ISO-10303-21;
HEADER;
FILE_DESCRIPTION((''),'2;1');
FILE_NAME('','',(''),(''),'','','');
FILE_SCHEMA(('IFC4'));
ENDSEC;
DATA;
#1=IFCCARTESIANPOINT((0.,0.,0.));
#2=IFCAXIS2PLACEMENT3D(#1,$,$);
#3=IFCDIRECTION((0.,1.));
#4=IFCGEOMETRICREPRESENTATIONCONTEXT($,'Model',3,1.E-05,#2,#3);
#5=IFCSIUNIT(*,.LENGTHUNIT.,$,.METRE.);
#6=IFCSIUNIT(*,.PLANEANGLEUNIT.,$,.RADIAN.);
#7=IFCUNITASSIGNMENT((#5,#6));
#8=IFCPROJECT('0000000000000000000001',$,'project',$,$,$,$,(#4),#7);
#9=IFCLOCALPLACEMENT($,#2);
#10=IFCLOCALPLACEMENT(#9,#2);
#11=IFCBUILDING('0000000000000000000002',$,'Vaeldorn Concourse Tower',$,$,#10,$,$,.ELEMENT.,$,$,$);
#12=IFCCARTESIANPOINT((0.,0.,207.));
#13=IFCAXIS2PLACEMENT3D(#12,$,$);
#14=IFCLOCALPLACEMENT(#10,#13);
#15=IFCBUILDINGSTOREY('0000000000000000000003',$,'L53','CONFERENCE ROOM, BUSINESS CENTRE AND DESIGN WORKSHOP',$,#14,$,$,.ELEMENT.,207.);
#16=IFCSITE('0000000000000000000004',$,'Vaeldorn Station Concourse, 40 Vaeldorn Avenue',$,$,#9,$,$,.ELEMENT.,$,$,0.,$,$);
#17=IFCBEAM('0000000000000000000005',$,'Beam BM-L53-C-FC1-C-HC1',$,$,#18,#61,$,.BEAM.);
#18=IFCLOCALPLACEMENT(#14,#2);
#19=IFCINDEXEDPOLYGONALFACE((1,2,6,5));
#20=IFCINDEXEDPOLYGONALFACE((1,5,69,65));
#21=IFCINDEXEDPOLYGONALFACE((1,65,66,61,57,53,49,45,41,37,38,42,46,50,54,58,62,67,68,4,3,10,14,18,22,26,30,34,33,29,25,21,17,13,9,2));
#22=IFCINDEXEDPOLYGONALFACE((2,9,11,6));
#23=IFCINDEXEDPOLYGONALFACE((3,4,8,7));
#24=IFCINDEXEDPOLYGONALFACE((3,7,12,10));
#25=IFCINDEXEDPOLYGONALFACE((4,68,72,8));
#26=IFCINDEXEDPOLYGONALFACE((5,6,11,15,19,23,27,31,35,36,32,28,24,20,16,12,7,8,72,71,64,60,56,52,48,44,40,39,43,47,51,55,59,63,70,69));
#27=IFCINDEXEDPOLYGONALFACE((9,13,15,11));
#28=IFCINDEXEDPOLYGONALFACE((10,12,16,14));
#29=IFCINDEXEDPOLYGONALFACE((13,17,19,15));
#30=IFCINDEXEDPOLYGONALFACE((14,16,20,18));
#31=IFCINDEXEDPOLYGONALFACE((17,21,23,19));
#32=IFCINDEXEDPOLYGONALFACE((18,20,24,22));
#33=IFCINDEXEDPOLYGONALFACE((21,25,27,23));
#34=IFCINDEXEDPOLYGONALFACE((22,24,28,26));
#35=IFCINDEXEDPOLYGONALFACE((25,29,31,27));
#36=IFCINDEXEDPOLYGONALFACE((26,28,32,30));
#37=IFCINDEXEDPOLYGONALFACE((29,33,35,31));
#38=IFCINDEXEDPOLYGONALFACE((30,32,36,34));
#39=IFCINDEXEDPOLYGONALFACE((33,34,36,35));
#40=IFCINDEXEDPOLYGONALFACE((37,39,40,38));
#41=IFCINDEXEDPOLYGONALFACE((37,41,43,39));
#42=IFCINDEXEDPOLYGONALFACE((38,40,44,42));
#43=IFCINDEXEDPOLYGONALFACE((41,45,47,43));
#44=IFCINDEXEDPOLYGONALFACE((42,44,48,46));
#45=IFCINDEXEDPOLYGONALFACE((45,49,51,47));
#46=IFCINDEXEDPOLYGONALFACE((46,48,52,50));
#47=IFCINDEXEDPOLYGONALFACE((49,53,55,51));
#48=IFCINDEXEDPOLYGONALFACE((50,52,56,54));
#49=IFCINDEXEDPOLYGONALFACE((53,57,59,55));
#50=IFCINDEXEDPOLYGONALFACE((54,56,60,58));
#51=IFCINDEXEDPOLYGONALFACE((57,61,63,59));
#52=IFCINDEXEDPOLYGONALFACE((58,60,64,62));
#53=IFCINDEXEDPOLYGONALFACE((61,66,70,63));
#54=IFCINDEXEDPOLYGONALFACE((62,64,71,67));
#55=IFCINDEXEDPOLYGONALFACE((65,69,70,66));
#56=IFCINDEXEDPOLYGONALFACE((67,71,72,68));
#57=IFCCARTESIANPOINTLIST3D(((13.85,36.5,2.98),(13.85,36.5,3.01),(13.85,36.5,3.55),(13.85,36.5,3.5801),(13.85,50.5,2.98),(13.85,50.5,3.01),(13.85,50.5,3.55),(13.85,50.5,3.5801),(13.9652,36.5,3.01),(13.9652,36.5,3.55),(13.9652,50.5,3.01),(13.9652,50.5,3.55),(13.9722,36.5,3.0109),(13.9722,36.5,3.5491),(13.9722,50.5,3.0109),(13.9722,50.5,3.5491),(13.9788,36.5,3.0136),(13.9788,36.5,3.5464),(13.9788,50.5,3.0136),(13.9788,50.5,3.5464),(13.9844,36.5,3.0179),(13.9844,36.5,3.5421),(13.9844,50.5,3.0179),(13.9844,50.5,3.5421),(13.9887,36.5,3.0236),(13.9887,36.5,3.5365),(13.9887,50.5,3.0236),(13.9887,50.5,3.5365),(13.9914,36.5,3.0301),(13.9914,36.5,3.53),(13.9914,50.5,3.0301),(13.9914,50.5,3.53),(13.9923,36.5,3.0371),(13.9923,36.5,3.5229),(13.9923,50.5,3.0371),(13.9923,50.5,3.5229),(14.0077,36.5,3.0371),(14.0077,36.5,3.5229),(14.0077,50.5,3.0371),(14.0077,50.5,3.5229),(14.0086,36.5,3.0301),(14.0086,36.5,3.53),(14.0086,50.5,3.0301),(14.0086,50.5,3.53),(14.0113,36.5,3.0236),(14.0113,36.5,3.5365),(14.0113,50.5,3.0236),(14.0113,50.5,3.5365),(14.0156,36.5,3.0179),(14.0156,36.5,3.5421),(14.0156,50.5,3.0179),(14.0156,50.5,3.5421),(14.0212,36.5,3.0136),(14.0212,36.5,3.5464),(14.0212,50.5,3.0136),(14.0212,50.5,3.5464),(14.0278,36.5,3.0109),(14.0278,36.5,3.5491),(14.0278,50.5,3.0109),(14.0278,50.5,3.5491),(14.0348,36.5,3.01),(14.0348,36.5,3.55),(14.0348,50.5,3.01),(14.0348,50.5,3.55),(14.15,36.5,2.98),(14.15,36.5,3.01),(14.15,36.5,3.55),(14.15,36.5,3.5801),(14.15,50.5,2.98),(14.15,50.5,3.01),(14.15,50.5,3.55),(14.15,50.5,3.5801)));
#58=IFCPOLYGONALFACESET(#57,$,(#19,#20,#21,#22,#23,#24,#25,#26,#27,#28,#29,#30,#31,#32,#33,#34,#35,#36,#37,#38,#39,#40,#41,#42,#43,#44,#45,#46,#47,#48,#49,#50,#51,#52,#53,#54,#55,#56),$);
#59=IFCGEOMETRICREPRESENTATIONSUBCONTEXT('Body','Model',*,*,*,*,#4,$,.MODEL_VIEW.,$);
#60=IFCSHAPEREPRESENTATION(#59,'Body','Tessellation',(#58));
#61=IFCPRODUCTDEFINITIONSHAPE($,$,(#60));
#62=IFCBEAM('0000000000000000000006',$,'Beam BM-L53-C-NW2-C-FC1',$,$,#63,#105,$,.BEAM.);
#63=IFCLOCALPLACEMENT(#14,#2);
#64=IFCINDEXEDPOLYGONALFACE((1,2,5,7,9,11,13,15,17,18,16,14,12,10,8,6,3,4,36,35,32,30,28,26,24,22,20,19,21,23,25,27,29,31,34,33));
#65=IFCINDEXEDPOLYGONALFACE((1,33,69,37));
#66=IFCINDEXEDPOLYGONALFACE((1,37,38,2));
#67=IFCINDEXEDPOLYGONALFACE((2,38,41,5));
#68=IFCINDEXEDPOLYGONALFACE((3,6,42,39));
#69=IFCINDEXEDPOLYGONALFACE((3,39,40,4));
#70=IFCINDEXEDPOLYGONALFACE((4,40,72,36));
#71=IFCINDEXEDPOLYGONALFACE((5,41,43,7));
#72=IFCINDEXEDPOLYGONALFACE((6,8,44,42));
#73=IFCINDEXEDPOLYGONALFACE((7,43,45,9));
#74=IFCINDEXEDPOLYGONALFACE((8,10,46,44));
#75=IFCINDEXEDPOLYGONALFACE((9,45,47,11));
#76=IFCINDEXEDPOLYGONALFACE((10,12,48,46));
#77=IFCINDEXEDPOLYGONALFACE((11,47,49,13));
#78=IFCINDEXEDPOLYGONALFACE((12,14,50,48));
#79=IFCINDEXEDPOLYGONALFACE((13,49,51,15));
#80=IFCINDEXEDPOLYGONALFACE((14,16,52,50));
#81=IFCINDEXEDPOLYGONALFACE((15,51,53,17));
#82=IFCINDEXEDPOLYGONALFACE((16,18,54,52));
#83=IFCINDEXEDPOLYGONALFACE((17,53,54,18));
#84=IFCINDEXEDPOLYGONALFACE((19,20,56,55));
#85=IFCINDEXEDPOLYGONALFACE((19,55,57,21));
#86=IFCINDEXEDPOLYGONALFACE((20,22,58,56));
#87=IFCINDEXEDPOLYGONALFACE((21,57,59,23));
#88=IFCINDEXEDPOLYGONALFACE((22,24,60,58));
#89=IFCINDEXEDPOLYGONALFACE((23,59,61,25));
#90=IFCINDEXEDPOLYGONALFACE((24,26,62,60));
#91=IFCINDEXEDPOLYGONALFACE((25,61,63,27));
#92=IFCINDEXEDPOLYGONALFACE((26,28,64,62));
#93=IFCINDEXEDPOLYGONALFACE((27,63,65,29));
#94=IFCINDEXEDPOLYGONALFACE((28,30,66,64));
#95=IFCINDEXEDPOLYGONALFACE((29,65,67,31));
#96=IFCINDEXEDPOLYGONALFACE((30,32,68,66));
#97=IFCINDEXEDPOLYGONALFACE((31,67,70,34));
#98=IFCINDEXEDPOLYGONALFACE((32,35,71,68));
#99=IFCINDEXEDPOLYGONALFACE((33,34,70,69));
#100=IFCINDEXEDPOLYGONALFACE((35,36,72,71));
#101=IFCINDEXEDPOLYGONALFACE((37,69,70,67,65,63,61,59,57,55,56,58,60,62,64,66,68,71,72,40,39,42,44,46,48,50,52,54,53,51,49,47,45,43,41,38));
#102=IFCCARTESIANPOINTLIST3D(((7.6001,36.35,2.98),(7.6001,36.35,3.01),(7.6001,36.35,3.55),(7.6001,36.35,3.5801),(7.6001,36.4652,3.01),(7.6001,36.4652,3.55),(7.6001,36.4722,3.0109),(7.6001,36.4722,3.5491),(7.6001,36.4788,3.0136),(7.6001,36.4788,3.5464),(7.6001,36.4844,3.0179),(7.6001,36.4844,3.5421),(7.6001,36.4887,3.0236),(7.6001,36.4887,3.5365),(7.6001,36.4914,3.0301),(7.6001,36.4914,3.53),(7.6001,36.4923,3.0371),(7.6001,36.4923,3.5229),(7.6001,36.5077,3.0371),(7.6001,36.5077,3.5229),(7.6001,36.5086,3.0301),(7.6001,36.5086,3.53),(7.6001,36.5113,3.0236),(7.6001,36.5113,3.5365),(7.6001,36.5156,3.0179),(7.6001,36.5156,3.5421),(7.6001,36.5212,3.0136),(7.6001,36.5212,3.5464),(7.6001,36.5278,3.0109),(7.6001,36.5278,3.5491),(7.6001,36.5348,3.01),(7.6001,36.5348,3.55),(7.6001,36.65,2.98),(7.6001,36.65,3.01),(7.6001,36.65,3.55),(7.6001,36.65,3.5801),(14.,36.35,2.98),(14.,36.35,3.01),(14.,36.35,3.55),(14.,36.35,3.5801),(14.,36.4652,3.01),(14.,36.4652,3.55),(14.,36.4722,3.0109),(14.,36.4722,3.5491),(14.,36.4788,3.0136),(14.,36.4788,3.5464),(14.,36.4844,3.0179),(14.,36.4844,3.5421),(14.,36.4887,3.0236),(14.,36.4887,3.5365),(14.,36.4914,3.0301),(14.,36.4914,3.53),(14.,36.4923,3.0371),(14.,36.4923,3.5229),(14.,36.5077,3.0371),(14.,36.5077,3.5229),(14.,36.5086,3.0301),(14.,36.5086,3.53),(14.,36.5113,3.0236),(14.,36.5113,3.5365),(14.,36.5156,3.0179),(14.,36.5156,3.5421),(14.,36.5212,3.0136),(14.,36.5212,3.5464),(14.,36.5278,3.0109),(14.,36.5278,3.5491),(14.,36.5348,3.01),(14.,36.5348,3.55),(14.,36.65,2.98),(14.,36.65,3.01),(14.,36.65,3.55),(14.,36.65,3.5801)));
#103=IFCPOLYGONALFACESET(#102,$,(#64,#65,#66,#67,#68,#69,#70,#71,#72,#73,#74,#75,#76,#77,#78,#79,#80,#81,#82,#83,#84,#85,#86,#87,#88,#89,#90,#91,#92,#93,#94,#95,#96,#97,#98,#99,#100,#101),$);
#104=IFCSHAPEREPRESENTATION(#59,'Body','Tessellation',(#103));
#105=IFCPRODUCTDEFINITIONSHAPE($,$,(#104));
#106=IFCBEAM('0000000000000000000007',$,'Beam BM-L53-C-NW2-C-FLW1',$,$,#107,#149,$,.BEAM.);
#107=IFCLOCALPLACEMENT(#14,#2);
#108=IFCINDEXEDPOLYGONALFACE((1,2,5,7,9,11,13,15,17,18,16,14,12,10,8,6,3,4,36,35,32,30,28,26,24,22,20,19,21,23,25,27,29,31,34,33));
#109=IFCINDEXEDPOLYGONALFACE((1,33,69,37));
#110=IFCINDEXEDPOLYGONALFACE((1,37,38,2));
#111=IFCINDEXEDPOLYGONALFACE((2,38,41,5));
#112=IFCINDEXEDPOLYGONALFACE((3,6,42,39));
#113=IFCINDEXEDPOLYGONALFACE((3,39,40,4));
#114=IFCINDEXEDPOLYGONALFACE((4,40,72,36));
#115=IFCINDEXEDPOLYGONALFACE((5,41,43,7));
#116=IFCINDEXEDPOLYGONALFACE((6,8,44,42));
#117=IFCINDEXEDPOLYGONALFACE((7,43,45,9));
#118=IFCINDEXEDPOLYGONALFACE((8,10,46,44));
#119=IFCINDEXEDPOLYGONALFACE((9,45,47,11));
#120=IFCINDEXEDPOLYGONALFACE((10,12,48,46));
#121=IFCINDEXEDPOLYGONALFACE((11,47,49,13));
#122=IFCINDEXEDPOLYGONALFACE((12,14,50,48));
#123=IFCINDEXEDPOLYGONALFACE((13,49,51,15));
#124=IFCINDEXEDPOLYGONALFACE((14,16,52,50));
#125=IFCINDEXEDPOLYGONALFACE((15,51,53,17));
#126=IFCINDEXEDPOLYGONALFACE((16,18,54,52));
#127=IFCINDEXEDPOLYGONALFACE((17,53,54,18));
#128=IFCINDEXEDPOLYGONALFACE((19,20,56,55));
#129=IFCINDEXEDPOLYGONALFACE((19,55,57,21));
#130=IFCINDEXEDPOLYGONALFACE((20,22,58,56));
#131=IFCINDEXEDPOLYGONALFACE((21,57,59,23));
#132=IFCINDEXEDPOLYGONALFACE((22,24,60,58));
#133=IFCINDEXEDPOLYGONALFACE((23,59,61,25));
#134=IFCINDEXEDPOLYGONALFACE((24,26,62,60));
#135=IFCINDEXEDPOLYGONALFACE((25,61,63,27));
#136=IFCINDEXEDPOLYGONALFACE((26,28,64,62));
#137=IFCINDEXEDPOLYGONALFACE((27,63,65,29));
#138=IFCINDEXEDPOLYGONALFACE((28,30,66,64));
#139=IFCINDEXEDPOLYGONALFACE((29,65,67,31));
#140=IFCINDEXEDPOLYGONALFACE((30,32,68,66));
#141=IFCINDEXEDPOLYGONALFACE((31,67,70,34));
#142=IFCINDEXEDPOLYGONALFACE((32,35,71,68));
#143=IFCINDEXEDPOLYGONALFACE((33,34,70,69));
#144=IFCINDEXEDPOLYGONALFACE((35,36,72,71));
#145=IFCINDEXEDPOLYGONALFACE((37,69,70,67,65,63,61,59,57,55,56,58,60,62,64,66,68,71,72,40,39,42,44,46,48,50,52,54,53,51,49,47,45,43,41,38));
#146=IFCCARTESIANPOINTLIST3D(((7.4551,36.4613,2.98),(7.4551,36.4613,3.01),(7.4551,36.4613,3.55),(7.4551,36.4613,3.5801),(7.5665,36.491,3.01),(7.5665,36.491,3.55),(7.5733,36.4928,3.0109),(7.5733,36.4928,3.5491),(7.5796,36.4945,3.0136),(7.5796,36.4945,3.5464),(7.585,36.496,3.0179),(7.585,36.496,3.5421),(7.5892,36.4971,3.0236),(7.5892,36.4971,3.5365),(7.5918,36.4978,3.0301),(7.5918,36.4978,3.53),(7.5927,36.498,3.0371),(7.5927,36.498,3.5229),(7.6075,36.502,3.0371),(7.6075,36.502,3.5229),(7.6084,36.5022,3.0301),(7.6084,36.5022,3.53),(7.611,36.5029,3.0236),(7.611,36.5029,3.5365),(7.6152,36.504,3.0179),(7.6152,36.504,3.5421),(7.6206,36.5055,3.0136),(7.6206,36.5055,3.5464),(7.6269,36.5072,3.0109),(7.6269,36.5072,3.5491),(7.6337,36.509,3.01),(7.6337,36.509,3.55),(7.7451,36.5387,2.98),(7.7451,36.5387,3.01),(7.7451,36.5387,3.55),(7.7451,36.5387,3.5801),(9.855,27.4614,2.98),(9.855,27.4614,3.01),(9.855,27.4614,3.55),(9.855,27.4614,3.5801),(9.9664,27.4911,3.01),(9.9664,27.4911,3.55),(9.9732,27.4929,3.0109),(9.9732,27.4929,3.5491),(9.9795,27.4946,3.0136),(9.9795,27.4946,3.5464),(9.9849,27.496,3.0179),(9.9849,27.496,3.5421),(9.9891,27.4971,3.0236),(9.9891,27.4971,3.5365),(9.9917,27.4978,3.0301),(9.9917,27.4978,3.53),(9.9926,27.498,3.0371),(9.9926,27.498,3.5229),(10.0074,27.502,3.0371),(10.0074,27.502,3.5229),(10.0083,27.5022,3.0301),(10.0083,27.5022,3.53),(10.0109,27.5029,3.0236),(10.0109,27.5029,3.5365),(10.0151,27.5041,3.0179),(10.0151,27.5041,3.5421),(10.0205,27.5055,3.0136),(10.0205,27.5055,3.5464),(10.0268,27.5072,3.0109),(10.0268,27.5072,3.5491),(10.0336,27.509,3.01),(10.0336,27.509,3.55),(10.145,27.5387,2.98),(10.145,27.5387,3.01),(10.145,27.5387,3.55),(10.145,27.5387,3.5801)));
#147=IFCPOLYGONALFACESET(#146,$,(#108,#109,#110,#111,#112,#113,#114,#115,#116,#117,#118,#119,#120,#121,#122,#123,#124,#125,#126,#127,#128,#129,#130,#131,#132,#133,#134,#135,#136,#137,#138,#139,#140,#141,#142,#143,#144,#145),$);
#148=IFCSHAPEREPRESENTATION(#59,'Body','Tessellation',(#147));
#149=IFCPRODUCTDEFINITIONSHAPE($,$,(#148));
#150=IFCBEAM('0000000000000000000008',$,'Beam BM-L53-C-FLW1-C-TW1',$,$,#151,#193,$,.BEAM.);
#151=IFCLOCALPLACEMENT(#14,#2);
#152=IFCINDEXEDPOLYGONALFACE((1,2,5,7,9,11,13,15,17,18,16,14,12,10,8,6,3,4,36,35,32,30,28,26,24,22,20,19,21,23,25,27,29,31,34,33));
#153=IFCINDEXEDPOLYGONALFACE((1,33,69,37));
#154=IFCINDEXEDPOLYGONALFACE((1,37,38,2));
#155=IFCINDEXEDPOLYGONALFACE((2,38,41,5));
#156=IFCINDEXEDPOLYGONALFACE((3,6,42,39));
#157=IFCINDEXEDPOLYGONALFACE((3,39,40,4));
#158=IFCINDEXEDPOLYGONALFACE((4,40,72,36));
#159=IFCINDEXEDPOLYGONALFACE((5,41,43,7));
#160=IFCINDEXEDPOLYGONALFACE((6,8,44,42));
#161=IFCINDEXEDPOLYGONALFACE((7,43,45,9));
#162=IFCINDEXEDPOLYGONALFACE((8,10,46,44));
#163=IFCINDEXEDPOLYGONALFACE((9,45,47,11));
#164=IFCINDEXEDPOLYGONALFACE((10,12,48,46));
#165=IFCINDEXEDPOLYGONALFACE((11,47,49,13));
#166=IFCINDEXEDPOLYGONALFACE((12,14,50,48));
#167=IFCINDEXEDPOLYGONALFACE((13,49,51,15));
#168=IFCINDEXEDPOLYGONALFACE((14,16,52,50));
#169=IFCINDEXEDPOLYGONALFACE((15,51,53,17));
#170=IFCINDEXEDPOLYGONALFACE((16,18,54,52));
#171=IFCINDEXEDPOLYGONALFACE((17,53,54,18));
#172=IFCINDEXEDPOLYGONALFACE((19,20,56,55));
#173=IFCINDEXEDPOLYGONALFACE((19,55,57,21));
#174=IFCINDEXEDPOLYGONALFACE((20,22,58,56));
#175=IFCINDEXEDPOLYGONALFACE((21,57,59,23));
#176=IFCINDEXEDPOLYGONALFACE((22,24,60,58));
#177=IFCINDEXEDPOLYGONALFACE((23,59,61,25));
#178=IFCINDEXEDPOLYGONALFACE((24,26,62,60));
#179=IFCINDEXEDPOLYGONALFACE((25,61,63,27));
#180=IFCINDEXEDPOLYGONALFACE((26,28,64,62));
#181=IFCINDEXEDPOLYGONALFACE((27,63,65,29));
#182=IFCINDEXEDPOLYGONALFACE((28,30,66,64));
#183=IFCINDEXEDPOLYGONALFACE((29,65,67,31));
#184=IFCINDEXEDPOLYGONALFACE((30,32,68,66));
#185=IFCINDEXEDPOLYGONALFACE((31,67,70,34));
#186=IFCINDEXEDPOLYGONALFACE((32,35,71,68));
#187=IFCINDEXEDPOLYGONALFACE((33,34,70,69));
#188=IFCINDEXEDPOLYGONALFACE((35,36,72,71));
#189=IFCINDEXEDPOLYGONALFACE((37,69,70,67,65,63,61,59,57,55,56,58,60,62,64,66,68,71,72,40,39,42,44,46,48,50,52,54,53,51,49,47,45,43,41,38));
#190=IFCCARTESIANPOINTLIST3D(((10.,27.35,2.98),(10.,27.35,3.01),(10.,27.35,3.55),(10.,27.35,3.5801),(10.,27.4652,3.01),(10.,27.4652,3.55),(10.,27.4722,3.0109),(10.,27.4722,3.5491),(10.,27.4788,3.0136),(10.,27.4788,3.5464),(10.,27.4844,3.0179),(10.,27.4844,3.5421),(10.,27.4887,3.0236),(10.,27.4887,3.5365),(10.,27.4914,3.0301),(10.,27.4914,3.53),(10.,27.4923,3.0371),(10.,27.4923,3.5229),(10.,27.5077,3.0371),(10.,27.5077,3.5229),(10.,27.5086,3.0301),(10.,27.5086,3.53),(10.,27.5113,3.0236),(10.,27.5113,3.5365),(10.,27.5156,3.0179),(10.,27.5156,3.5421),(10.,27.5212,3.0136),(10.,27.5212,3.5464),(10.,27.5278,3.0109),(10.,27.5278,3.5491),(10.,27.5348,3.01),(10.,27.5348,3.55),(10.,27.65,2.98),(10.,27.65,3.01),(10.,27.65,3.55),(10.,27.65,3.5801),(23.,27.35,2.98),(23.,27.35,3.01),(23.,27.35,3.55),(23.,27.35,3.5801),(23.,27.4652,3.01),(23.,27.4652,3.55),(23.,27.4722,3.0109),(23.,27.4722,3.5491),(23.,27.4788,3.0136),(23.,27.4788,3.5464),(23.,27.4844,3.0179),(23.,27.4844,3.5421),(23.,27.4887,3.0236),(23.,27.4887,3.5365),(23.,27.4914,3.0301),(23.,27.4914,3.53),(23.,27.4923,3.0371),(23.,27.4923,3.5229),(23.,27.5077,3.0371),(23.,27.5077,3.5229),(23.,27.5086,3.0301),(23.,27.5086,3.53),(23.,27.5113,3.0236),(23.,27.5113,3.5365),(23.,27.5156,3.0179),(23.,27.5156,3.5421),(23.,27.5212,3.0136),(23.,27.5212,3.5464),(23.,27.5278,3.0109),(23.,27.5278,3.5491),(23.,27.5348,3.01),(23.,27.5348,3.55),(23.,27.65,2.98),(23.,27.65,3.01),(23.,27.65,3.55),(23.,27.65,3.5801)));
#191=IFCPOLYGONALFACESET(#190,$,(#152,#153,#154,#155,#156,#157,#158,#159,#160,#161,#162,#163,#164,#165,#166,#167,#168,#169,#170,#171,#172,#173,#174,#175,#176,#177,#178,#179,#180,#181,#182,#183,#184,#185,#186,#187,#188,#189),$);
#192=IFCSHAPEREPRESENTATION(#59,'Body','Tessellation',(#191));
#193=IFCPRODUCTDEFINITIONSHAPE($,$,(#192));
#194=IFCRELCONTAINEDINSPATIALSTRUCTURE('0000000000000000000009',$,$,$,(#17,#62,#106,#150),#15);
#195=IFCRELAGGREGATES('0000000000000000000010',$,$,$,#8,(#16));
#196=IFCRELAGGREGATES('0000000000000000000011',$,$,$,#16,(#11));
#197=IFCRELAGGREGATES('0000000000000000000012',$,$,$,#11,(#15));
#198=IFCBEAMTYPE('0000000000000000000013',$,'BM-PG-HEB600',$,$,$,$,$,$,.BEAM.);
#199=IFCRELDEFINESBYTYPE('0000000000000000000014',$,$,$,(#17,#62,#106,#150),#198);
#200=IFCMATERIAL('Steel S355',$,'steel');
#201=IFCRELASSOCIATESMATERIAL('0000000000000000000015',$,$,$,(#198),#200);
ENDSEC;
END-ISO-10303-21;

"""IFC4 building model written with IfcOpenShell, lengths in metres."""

from ifc_helpers import new_model, si_unit, direction, frame, origin, origin_2d, place, context, subcontext, project, spatial, i_section, extrude, source, transform, mapped, material, material_profile, profile_set, type_object, element, save


model = new_model("IFC4")

# Units and contexts
model_context = context("Model", 3, precision=1e-05, world=origin(), true_north=direction((0.0, 1.0)))
body_context = subcontext(model_context, "Body", "Model", "MODEL_VIEW")
ifc_project = project(units=[si_unit("LENGTHUNIT", "METRE"), si_unit("PLANEANGLEUNIT", "RADIAN")], contexts=[model_context])

# Site, building, storey
site_placement = place(None, origin())
site = spatial("IfcSite", under=ifc_project, at=site_placement, Name="Vaeldorn Station Concourse, 40 Vaeldorn Avenue", CompositionType="ELEMENT", RefElevation=0.0)
building_placement = place(site_placement, origin())
building = spatial("IfcBuilding", under=site, at=building_placement, Name="Vaeldorn Concourse Tower", CompositionType="ELEMENT")
storey_placement = place(building_placement, frame((0.0, 0.0, 207.0)))
storey = spatial("IfcBuildingStorey", under=building, at=storey_placement, Name="L53", Description="CONFERENCE ROOM, BUSINESS CENTRE AND DESIGN WORKSHOP", CompositionType="ELEMENT", Elevation=207.0)

# Shared definitions
ifc_material_1 = material(Name="Steel S355", Category="steel")

# Beams
ifc_material_profile_1 = material_profile(ifc_material_1, i_section(OverallWidth=0.3, OverallDepth=0.6001, WebThickness=0.0154, FlangeThickness=0.03, FilletRadius=0.0271, at=origin_2d()), Name="HEB 600")
ifc_profile_set_1 = profile_set([ifc_material_profile_1], Name="Steel S355")
beam_type_1 = type_object("IfcBeamType", Name="BM-PG-HEB600", PredefinedType="BEAM", material=ifc_profile_set_1)
shared_shape_1 = source(origin(), body_context, "Body", "SweptSolid", [
    extrude(i_section(OverallWidth=0.3, OverallDepth=0.6001, WebThickness=0.0154, FlangeThickness=0.03, FilletRadius=0.0271, at=origin_2d()), origin(), (0.0, 0.0, 1.0), 14.0),
])
beam_1_placement = place(storey_placement, frame((14.0, 36.5, 3.28), z_axis=(0.0, 1.0, 0.0), x_axis=(-1.0, 0.0, 0.0)))
element("IfcBeam", 1, at=beam_1_placement, inside=storey, type_object=beam_type_1, Name="Beam BM-L53-C-FC1-C-HC1", PredefinedType="BEAM", context=body_context, shape_type="MappedRepresentation", body=[
    mapped(shared_shape_1, transform((0.0, 0.0, 0.0), scale=1.0)),
])
shared_shape_2 = source(origin(), body_context, "Body", "SweptSolid", [
    extrude(i_section(OverallWidth=0.3, OverallDepth=0.6001, WebThickness=0.0154, FlangeThickness=0.03, FilletRadius=0.0271, at=origin_2d()), origin(), (0.0, 0.0, 1.0), 6.3999),
])
beam_2_placement = place(storey_placement, frame((7.6001, 36.5, 3.28), z_axis=(1.0, 0.0, 0.0), x_axis=(0.0, 1.0, 0.0)))
element("IfcBeam", 2, at=beam_2_placement, inside=storey, type_object=beam_type_1, Name="Beam BM-L53-C-NW2-C-FC1", PredefinedType="BEAM", context=body_context, shape_type="MappedRepresentation", body=[
    mapped(shared_shape_2, transform((0.0, 0.0, 0.0), scale=1.0)),
])
shared_shape_3 = source(origin(), body_context, "Body", "SweptSolid", [
    extrude(i_section(OverallWidth=0.3, OverallDepth=0.6001, WebThickness=0.0154, FlangeThickness=0.03, FilletRadius=0.0271, at=origin_2d()), origin(), (0.0, 0.0, 1.0), 9.3145),
])
beam_3_placement = place(storey_placement, frame((7.6001, 36.5, 3.28), z_axis=(0.257653, -0.966238, 0.0), x_axis=(0.966238, 0.257653, 0.0)))
element("IfcBeam", 3, at=beam_3_placement, inside=storey, type_object=beam_type_1, Name="Beam BM-L53-C-NW2-C-FLW1", PredefinedType="BEAM", context=body_context, shape_type="MappedRepresentation", body=[
    mapped(shared_shape_3, transform((0.0, 0.0, 0.0), scale=1.0)),
])
shared_shape_4 = source(origin(), body_context, "Body", "SweptSolid", [
    extrude(i_section(OverallWidth=0.3, OverallDepth=0.6001, WebThickness=0.0154, FlangeThickness=0.03, FilletRadius=0.0271, at=origin_2d()), origin(), (0.0, 0.0, 1.0), 13.0),
])
beam_4_placement = place(storey_placement, frame((10.0, 27.5, 3.28), z_axis=(1.0, 0.0, 0.0), x_axis=(0.0, 1.0, 0.0)))
element("IfcBeam", 4, at=beam_4_placement, inside=storey, type_object=beam_type_1, Name="Beam BM-L53-C-FLW1-C-TW1", PredefinedType="BEAM", context=body_context, shape_type="MappedRepresentation", body=[
    mapped(shared_shape_4, transform((0.0, 0.0, 0.0), scale=1.0)),
])

save(model, "model.ifc")
